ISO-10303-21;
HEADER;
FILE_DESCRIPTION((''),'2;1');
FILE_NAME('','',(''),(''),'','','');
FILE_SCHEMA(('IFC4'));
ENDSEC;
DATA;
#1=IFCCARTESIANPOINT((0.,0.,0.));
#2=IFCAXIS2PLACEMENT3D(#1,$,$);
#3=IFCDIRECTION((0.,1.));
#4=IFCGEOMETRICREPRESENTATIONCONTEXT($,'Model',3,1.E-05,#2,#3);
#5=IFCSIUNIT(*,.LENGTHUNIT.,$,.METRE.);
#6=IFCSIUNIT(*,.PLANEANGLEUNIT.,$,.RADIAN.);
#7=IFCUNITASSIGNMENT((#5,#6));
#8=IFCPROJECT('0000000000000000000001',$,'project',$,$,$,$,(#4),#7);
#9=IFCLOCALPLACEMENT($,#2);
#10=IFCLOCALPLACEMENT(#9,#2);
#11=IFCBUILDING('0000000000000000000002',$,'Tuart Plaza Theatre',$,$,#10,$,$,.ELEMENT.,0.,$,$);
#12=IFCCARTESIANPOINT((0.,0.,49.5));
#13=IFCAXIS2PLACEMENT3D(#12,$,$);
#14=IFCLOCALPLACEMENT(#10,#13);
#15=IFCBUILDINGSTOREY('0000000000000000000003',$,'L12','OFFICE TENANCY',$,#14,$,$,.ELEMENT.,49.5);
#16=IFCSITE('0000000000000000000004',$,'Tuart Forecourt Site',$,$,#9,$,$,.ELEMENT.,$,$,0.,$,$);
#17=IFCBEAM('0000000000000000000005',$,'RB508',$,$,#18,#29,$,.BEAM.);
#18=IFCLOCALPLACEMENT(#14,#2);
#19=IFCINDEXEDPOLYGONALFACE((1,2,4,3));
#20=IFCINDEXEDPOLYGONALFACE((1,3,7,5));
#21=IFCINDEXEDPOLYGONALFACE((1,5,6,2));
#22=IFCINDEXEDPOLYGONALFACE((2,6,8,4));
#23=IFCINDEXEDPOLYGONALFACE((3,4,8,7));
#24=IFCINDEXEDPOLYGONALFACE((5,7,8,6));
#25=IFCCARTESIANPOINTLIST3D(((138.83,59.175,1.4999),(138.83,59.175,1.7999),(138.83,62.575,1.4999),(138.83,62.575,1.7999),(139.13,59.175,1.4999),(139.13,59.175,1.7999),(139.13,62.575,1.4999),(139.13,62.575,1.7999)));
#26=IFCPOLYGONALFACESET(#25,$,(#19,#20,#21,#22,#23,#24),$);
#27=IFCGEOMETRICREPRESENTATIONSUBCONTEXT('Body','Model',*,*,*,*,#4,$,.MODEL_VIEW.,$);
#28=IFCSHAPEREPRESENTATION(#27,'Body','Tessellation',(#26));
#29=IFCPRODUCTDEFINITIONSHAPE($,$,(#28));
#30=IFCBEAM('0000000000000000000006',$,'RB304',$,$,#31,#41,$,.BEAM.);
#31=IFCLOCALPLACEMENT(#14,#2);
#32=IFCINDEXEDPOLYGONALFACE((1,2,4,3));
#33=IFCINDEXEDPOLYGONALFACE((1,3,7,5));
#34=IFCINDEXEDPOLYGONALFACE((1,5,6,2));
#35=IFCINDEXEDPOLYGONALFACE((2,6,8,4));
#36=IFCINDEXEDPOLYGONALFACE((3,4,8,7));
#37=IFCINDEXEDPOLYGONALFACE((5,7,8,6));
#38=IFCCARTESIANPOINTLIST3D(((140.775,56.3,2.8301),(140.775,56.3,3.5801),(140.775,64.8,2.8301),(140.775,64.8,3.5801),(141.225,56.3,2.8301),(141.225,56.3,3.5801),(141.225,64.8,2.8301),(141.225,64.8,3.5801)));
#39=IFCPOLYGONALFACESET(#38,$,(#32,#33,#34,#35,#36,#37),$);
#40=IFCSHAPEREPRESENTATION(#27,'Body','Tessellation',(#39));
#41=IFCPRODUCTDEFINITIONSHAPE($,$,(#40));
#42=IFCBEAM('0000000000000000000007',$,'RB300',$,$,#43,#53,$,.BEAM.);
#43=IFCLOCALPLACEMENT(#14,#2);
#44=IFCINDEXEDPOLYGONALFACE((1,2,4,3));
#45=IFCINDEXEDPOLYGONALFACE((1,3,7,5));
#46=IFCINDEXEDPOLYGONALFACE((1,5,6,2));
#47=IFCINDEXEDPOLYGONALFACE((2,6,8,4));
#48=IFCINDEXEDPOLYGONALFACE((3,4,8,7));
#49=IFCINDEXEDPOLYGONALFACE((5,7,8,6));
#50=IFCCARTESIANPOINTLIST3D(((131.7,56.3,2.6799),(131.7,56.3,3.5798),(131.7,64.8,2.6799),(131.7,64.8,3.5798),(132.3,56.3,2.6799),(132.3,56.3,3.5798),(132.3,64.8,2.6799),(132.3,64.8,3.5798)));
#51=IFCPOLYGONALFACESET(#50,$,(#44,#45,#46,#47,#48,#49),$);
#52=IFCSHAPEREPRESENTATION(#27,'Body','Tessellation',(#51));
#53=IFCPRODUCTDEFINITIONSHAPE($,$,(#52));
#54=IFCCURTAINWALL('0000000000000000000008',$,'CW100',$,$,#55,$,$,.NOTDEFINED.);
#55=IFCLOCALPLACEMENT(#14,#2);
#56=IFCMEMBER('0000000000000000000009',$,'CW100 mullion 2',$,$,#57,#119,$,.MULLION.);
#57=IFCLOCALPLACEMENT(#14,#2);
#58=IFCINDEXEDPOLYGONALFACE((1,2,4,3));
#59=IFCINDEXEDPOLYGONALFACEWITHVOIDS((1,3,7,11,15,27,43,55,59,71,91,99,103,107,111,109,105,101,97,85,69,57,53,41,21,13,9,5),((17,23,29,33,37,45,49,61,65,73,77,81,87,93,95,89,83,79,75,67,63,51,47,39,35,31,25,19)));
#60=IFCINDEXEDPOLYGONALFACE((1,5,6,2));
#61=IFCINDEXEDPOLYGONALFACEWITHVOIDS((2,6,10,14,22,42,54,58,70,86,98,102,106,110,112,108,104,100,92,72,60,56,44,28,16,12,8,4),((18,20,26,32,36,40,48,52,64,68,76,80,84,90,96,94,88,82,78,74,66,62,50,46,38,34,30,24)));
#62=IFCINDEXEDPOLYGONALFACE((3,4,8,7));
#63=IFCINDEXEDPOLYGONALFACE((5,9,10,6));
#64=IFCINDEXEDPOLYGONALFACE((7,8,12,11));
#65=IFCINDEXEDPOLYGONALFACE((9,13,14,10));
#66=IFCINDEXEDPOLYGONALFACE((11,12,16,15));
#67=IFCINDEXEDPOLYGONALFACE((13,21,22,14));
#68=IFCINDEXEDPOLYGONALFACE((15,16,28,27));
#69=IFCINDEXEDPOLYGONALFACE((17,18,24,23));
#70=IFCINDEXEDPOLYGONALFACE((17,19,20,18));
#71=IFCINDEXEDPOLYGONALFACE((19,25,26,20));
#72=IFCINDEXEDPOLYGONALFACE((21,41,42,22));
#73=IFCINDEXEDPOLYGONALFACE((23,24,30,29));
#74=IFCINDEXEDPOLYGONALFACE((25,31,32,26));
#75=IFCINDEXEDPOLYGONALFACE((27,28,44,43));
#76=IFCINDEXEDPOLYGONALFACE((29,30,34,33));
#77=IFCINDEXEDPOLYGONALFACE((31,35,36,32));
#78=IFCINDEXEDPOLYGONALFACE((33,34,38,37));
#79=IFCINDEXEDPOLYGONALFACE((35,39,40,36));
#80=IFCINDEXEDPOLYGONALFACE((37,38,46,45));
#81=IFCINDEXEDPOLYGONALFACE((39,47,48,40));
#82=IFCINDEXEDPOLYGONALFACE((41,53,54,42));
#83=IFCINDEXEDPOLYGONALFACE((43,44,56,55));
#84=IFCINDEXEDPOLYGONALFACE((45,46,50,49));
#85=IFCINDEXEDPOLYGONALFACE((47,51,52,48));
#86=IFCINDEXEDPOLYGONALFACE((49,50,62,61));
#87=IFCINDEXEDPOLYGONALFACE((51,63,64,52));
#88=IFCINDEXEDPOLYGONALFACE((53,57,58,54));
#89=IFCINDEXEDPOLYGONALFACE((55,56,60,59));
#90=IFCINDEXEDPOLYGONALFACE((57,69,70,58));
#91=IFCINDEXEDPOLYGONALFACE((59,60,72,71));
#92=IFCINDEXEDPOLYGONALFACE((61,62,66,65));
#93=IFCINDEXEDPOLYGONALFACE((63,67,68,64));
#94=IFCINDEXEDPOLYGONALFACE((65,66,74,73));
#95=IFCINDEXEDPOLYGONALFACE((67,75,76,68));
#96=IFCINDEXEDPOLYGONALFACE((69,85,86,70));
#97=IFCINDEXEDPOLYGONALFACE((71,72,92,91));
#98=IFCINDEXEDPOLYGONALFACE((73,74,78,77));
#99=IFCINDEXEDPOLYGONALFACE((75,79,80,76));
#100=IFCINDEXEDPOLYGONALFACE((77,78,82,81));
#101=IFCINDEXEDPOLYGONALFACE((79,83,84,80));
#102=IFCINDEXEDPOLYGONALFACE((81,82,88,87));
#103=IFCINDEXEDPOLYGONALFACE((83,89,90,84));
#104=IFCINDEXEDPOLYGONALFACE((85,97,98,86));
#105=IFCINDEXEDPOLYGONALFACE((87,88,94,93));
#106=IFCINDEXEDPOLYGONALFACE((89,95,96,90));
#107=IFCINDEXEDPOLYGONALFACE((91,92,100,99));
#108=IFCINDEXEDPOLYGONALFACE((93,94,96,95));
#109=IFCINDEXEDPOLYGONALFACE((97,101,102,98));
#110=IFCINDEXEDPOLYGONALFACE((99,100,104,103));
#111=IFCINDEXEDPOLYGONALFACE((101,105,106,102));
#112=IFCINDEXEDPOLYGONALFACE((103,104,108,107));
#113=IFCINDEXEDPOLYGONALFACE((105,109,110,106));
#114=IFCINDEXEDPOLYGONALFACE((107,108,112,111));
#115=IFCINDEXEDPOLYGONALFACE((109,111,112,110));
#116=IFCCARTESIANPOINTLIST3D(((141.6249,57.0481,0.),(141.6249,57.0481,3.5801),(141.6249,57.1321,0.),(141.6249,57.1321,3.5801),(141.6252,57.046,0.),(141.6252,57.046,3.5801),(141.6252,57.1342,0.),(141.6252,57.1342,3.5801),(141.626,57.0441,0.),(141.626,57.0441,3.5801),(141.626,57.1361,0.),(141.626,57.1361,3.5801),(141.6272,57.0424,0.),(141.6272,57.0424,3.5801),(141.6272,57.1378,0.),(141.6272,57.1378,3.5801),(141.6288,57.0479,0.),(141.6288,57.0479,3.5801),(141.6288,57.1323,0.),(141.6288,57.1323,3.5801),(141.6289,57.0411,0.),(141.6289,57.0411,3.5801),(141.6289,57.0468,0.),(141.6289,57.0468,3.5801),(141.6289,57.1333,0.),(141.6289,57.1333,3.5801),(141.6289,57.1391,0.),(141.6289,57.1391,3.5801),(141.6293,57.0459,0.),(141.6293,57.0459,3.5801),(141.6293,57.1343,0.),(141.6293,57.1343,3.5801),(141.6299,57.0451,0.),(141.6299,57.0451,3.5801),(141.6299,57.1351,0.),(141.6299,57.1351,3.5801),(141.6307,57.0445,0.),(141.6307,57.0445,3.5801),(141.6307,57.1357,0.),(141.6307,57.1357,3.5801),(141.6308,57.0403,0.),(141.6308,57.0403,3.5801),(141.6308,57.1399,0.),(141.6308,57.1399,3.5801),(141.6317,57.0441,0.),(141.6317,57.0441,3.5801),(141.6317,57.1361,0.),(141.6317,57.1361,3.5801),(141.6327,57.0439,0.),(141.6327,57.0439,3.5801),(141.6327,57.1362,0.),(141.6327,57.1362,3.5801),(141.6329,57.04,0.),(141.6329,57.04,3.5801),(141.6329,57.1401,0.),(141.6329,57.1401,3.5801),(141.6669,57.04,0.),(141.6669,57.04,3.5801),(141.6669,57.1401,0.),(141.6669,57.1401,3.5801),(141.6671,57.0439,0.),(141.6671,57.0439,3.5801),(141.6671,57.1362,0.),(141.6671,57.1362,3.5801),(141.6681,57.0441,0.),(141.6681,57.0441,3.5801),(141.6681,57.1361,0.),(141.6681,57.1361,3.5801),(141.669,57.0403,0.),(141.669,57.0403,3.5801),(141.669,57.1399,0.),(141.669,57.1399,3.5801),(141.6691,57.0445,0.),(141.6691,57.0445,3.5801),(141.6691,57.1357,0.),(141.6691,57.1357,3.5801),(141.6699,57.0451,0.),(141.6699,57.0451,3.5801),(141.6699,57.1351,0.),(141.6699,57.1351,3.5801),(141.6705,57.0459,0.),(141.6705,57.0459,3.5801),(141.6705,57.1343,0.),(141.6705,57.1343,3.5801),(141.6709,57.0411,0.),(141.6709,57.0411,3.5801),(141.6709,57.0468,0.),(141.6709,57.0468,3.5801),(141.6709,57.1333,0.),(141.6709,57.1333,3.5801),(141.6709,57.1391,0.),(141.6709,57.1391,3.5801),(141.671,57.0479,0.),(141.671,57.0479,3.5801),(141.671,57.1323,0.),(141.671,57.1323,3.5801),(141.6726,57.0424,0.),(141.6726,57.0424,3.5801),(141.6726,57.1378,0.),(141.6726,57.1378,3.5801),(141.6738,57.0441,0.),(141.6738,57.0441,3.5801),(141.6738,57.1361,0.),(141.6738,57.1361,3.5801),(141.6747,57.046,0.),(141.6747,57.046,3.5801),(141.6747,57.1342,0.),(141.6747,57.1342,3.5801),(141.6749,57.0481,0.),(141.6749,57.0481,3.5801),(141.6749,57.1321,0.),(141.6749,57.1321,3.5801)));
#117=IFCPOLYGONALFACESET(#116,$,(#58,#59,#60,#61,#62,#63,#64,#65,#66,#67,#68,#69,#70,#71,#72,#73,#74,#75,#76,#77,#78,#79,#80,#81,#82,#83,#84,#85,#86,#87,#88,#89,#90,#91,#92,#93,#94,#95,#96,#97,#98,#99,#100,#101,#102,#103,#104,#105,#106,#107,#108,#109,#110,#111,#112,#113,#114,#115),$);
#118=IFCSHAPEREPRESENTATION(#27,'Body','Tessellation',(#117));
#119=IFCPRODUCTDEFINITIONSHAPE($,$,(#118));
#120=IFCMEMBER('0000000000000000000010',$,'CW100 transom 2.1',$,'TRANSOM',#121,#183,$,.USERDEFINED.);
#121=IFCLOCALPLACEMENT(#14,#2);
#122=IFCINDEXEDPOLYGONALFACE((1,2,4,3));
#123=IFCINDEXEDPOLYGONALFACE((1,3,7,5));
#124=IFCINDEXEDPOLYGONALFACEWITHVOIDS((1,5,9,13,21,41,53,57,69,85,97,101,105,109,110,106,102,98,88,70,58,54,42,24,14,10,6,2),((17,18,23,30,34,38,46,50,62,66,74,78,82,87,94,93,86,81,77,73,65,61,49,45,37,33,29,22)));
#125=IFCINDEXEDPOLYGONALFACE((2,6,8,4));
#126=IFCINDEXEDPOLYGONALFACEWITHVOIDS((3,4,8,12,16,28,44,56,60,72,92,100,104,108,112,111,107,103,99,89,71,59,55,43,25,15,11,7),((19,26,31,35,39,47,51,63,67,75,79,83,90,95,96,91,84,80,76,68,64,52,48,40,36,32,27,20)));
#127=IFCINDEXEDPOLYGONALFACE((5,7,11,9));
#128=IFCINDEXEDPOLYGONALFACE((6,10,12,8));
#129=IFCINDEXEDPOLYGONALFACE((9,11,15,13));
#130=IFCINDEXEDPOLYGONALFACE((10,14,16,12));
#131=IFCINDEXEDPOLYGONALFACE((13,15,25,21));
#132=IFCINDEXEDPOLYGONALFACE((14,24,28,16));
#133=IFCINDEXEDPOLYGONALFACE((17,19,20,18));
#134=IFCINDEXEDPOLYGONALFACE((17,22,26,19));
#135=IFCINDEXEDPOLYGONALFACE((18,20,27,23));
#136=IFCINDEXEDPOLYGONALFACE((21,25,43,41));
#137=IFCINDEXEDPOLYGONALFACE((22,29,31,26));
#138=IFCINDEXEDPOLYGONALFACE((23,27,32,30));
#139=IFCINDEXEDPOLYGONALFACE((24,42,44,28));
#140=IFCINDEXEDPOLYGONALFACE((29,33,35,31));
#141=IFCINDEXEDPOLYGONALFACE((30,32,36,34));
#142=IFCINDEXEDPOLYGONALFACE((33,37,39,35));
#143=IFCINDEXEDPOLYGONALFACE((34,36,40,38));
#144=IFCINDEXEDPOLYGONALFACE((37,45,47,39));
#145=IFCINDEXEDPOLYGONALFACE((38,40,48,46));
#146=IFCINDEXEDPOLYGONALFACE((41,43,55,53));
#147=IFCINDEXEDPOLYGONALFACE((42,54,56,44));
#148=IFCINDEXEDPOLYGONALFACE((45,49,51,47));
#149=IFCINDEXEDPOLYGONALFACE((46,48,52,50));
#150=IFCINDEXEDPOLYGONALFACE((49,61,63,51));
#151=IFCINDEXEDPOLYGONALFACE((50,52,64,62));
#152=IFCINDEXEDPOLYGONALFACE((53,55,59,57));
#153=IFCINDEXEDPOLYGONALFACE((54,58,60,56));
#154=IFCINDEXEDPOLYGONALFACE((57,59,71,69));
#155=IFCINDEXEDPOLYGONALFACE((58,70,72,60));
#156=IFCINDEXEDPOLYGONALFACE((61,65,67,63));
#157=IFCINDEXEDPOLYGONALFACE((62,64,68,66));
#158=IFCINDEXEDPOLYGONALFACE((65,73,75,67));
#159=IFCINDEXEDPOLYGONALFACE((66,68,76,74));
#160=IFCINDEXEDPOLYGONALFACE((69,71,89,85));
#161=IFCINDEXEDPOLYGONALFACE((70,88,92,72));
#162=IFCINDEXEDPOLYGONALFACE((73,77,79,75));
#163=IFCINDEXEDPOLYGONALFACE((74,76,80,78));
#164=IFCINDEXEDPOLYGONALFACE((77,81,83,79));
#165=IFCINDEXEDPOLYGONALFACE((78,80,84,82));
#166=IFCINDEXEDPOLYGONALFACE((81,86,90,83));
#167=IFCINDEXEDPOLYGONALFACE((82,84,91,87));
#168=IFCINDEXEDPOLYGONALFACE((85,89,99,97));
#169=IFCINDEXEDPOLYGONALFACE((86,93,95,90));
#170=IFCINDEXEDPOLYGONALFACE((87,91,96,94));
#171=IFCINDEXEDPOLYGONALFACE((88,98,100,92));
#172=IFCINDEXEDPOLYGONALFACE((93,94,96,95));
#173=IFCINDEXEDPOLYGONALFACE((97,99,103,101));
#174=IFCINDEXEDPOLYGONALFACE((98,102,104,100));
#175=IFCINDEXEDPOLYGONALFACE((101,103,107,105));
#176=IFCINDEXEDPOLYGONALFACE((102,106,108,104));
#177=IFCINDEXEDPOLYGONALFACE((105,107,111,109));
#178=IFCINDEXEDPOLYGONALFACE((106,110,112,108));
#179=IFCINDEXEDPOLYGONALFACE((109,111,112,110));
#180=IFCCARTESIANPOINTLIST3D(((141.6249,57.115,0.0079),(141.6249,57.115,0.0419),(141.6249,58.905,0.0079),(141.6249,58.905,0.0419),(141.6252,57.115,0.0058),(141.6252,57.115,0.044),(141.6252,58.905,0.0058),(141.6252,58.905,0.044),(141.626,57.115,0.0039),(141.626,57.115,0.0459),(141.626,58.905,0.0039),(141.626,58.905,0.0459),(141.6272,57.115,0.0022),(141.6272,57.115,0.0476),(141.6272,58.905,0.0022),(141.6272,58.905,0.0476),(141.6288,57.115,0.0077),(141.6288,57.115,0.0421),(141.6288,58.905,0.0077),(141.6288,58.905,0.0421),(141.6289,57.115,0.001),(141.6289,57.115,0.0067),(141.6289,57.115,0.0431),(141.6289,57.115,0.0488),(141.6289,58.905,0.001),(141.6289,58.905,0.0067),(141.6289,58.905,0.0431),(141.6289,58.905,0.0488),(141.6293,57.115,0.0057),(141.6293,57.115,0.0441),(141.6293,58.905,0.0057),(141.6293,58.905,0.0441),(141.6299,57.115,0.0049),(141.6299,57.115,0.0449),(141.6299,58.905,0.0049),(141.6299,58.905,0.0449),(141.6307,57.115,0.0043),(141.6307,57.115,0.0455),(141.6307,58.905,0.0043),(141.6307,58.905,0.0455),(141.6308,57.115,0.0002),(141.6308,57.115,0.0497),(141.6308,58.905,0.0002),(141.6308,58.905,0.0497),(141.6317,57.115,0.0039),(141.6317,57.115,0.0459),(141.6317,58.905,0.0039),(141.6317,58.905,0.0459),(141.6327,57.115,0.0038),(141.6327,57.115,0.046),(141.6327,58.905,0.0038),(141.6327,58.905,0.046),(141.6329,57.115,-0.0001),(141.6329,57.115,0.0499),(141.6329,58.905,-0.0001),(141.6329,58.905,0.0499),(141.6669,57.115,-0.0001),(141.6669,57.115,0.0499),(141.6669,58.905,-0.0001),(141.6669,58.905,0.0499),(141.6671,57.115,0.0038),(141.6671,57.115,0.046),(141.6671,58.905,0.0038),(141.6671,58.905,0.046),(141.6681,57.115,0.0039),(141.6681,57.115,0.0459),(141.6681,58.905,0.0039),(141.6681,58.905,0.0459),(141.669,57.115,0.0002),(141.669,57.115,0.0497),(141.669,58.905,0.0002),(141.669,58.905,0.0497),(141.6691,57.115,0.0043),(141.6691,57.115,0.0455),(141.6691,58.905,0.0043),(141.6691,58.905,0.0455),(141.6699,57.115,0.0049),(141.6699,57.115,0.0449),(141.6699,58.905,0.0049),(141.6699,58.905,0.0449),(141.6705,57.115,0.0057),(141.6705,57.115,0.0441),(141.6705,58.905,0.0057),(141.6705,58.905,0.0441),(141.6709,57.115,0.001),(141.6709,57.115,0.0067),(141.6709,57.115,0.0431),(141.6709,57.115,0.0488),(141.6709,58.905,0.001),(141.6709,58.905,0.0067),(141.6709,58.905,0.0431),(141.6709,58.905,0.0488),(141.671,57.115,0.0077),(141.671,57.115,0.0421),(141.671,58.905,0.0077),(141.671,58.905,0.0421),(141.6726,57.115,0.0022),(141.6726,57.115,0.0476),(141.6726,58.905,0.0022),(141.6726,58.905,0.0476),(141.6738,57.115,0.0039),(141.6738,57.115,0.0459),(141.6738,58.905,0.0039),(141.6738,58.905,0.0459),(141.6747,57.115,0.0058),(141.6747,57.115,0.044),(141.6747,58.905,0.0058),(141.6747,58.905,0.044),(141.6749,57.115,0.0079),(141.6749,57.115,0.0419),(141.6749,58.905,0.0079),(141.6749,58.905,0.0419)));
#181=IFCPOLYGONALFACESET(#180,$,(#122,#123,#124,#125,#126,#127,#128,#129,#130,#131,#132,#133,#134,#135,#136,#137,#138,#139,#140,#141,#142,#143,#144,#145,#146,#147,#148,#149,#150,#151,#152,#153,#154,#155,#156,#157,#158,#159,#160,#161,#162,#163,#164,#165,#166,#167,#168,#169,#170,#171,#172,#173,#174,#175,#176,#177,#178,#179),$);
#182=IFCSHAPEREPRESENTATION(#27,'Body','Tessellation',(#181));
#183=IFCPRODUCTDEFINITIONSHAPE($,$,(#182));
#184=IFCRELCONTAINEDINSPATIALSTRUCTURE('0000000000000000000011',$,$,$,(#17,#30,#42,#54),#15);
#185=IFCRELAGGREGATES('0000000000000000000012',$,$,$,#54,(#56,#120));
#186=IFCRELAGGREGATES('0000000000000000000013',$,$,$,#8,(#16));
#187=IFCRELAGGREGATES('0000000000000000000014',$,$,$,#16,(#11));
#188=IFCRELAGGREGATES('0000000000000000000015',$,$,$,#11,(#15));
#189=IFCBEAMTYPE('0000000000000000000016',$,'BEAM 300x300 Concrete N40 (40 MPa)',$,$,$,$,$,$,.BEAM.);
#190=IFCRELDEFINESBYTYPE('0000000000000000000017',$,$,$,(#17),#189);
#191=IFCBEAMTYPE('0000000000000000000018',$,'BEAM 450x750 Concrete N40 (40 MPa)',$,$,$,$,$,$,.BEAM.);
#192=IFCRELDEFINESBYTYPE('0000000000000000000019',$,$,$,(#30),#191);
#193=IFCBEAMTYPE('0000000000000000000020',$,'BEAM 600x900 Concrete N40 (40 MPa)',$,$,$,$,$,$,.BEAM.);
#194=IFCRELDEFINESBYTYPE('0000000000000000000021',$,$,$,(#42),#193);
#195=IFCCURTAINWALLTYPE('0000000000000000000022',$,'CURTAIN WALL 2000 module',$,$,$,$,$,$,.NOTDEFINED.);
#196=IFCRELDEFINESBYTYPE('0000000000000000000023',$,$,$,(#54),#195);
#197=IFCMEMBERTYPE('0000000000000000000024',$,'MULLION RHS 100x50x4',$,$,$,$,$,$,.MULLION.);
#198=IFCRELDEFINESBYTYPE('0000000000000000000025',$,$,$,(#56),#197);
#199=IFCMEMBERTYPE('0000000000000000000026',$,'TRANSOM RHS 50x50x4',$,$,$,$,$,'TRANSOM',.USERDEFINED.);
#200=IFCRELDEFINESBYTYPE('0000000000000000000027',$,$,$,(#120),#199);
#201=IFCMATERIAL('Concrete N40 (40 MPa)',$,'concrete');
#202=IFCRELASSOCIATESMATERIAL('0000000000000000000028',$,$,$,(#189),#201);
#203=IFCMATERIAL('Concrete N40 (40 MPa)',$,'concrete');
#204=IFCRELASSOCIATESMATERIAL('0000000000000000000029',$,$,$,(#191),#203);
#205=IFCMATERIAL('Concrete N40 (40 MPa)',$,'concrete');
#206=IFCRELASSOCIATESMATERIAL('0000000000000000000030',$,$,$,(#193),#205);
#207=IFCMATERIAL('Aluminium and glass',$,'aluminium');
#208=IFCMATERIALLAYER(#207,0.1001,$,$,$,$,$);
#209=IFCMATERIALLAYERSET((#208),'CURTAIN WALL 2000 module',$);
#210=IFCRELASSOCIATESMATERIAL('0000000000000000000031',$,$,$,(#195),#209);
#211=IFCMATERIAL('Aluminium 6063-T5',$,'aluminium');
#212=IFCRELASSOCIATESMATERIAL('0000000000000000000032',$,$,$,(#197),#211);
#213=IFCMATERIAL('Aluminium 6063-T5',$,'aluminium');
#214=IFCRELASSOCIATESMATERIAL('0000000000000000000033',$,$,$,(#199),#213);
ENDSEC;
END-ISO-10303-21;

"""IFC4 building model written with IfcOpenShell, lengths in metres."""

from ifc_helpers import new_model, si_unit, direction, frame, origin, origin_2d, place, context, subcontext, project, spatial, rectangle, hollow_rectangle, extrude, material, layer, layer_set, material_profile, profile_set, type_object, element, aggregate, save


model = new_model("IFC4")

# Units and contexts
model_context = context("Model", 3, precision=1e-05, world=origin(), true_north=direction((0.0, 1.0)))
body_context = subcontext(model_context, "Body", "Model", "MODEL_VIEW")
ifc_project = project(units=[si_unit("LENGTHUNIT", "METRE"), si_unit("PLANEANGLEUNIT", "RADIAN")], contexts=[model_context])

# Site, building, storey
site_placement = place(None, origin())
site = spatial("IfcSite", under=ifc_project, at=site_placement, Name="Tuart Forecourt Site", CompositionType="ELEMENT", RefElevation=0.0)
building_placement = place(site_placement, origin())
building = spatial("IfcBuilding", under=site, at=building_placement, Name="Tuart Plaza Theatre", CompositionType="ELEMENT", ElevationOfRefHeight=0.0)
storey_placement = place(building_placement, frame((0.0, 0.0, 49.5)))
storey = spatial("IfcBuildingStorey", under=building, at=storey_placement, Name="L12", Description="OFFICE TENANCY", CompositionType="ELEMENT", Elevation=49.5)

# Beams
ifc_material_1 = material(Name="Concrete N40 (40 MPa)", Category="concrete")
ifc_material_profile_1 = material_profile(ifc_material_1, rectangle(XDim=0.3, YDim=0.3, at=origin_2d()), Name="BEAM 300x300 Concrete N40 (40 MPa)")
ifc_profile_set_1 = profile_set([ifc_material_profile_1], Name="Concrete N40 (40 MPa)")
beam_type_1 = type_object("IfcBeamType", Name="BEAM 300x300 Concrete N40 (40 MPa)", PredefinedType="BEAM", material=ifc_profile_set_1)
beam_1_placement = place(storey_placement, frame((138.98, 59.175, 1.6499), z_axis=(0.0, 1.0, 0.0), x_axis=(-1.0, 0.0, 0.0)))
element("IfcBeam", 1, at=beam_1_placement, inside=storey, type_object=beam_type_1, Name="RB508", PredefinedType="BEAM", context=body_context, shape_type="SweptSolid", body=[
    extrude(rectangle(XDim=0.3, YDim=0.3, at=origin_2d()), origin(), (0.0, 0.0, 1.0), 3.3999),
])
ifc_material_2 = material(Name="Concrete N40 (40 MPa)", Category="concrete")
ifc_material_profile_2 = material_profile(ifc_material_2, rectangle(XDim=0.45, YDim=0.75, at=origin_2d()), Name="BEAM 450x750 Concrete N40 (40 MPa)")
ifc_profile_set_2 = profile_set([ifc_material_profile_2], Name="Concrete N40 (40 MPa)")
beam_type_2 = type_object("IfcBeamType", Name="BEAM 450x750 Concrete N40 (40 MPa)", PredefinedType="BEAM", material=ifc_profile_set_2)
beam_2_placement = place(storey_placement, frame((141.0, 56.3, 3.2051), z_axis=(0.0, 1.0, 0.0), x_axis=(-1.0, 0.0, 0.0)))
element("IfcBeam", 2, at=beam_2_placement, inside=storey, type_object=beam_type_2, Name="RB304", PredefinedType="BEAM", context=body_context, shape_type="SweptSolid", body=[
    extrude(rectangle(XDim=0.45, YDim=0.75, at=origin_2d()), origin(), (0.0, 0.0, 1.0), 8.5),
])
ifc_material_3 = material(Name="Concrete N40 (40 MPa)", Category="concrete")
ifc_material_profile_3 = material_profile(ifc_material_3, rectangle(XDim=0.6001, YDim=0.8999, at=origin_2d()), Name="BEAM 600x900 Concrete N40 (40 MPa)")
ifc_profile_set_3 = profile_set([ifc_material_profile_3], Name="Concrete N40 (40 MPa)")
beam_type_3 = type_object("IfcBeamType", Name="BEAM 600x900 Concrete N40 (40 MPa)", PredefinedType="BEAM", material=ifc_profile_set_3)
beam_3_placement = place(storey_placement, frame((132.0, 56.3, 3.1299), z_axis=(0.0, 1.0, 0.0), x_axis=(-1.0, 0.0, 0.0)))
element("IfcBeam", 3, at=beam_3_placement, inside=storey, type_object=beam_type_3, Name="RB300", PredefinedType="BEAM", context=body_context, shape_type="SweptSolid", body=[
    extrude(rectangle(XDim=0.6001, YDim=0.8999, at=origin_2d()), origin(), (0.0, 0.0, 1.0), 8.5),
])

# Curtain wall, members
ifc_material_4 = material(Name="Aluminium and glass", Category="aluminium")
ifc_layer_1 = layer(ifc_material_4, 0.1001)
ifc_layer_set_1 = layer_set([ifc_layer_1], Name="CURTAIN WALL 2000 module")
curtain_wall_type = type_object("IfcCurtainWallType", Name="CURTAIN WALL 2000 module", PredefinedType="NOTDEFINED", material=ifc_layer_set_1)
curtain_wall_placement = place(storey_placement, origin())
curtain_wall = element("IfcCurtainWall", 4, at=curtain_wall_placement, inside=storey, type_object=curtain_wall_type, Name="CW100", PredefinedType="NOTDEFINED")
ifc_material_5 = material(Name="Aluminium 6063-T5", Category="aluminium")
ifc_material_profile_4 = material_profile(ifc_material_5, hollow_rectangle(XDim=0.05, YDim=0.1001, WallThickness=0.0039, InnerFilletRadius=0.0039, OuterFilletRadius=0.0081, at=origin_2d()), Name="RHS 100x50x4")
ifc_profile_set_4 = profile_set([ifc_material_profile_4], Name="Aluminium 6063-T5")
member_type_1 = type_object("IfcMemberType", Name="MULLION RHS 100x50x4", PredefinedType="MULLION", material=ifc_profile_set_4)
member_1_placement = place(storey_placement, frame((141.6499, 57.0901, 0.0), z_axis=(0.0, 0.0, 1.0), x_axis=(-1.0, 0.0, 0.0)))
member_1 = element("IfcMember", 5, at=member_1_placement, type_object=member_type_1, Name="CW100 mullion 2", PredefinedType="MULLION", context=body_context, shape_type="SweptSolid", body=[
    extrude(hollow_rectangle(XDim=0.05, YDim=0.1001, WallThickness=0.0039, InnerFilletRadius=0.0039, OuterFilletRadius=0.0081, at=origin_2d()), origin(), (0.0, 0.0, 1.0), 3.5801),
])
ifc_material_6 = material(Name="Aluminium 6063-T5", Category="aluminium")
ifc_material_profile_5 = material_profile(ifc_material_6, hollow_rectangle(XDim=0.05, YDim=0.05, WallThickness=0.0039, InnerFilletRadius=0.0039, OuterFilletRadius=0.0081, at=origin_2d()), Name="RHS 50x50x4")
ifc_profile_set_5 = profile_set([ifc_material_profile_5], Name="Aluminium 6063-T5")
member_type_2 = type_object("IfcMemberType", Name="TRANSOM RHS 50x50x4", ElementType="TRANSOM", PredefinedType="USERDEFINED", material=ifc_profile_set_5)
member_2_placement = place(storey_placement, frame((141.6499, 57.115, 0.0249), z_axis=(0.0, 1.0, 0.0), x_axis=(-1.0, 0.0, 0.0)))
member_2 = element("IfcMember", 6, at=member_2_placement, type_object=member_type_2, Name="CW100 transom 2.1", ObjectType="TRANSOM", PredefinedType="USERDEFINED", context=body_context, shape_type="SweptSolid", body=[
    extrude(hollow_rectangle(XDim=0.05, YDim=0.05, WallThickness=0.0039, InnerFilletRadius=0.0039, OuterFilletRadius=0.0081, at=origin_2d()), origin(), (0.0, 0.0, 1.0), 1.79),
])
aggregate(curtain_wall, [member_1, member_2])

save(model, "model.ifc")
